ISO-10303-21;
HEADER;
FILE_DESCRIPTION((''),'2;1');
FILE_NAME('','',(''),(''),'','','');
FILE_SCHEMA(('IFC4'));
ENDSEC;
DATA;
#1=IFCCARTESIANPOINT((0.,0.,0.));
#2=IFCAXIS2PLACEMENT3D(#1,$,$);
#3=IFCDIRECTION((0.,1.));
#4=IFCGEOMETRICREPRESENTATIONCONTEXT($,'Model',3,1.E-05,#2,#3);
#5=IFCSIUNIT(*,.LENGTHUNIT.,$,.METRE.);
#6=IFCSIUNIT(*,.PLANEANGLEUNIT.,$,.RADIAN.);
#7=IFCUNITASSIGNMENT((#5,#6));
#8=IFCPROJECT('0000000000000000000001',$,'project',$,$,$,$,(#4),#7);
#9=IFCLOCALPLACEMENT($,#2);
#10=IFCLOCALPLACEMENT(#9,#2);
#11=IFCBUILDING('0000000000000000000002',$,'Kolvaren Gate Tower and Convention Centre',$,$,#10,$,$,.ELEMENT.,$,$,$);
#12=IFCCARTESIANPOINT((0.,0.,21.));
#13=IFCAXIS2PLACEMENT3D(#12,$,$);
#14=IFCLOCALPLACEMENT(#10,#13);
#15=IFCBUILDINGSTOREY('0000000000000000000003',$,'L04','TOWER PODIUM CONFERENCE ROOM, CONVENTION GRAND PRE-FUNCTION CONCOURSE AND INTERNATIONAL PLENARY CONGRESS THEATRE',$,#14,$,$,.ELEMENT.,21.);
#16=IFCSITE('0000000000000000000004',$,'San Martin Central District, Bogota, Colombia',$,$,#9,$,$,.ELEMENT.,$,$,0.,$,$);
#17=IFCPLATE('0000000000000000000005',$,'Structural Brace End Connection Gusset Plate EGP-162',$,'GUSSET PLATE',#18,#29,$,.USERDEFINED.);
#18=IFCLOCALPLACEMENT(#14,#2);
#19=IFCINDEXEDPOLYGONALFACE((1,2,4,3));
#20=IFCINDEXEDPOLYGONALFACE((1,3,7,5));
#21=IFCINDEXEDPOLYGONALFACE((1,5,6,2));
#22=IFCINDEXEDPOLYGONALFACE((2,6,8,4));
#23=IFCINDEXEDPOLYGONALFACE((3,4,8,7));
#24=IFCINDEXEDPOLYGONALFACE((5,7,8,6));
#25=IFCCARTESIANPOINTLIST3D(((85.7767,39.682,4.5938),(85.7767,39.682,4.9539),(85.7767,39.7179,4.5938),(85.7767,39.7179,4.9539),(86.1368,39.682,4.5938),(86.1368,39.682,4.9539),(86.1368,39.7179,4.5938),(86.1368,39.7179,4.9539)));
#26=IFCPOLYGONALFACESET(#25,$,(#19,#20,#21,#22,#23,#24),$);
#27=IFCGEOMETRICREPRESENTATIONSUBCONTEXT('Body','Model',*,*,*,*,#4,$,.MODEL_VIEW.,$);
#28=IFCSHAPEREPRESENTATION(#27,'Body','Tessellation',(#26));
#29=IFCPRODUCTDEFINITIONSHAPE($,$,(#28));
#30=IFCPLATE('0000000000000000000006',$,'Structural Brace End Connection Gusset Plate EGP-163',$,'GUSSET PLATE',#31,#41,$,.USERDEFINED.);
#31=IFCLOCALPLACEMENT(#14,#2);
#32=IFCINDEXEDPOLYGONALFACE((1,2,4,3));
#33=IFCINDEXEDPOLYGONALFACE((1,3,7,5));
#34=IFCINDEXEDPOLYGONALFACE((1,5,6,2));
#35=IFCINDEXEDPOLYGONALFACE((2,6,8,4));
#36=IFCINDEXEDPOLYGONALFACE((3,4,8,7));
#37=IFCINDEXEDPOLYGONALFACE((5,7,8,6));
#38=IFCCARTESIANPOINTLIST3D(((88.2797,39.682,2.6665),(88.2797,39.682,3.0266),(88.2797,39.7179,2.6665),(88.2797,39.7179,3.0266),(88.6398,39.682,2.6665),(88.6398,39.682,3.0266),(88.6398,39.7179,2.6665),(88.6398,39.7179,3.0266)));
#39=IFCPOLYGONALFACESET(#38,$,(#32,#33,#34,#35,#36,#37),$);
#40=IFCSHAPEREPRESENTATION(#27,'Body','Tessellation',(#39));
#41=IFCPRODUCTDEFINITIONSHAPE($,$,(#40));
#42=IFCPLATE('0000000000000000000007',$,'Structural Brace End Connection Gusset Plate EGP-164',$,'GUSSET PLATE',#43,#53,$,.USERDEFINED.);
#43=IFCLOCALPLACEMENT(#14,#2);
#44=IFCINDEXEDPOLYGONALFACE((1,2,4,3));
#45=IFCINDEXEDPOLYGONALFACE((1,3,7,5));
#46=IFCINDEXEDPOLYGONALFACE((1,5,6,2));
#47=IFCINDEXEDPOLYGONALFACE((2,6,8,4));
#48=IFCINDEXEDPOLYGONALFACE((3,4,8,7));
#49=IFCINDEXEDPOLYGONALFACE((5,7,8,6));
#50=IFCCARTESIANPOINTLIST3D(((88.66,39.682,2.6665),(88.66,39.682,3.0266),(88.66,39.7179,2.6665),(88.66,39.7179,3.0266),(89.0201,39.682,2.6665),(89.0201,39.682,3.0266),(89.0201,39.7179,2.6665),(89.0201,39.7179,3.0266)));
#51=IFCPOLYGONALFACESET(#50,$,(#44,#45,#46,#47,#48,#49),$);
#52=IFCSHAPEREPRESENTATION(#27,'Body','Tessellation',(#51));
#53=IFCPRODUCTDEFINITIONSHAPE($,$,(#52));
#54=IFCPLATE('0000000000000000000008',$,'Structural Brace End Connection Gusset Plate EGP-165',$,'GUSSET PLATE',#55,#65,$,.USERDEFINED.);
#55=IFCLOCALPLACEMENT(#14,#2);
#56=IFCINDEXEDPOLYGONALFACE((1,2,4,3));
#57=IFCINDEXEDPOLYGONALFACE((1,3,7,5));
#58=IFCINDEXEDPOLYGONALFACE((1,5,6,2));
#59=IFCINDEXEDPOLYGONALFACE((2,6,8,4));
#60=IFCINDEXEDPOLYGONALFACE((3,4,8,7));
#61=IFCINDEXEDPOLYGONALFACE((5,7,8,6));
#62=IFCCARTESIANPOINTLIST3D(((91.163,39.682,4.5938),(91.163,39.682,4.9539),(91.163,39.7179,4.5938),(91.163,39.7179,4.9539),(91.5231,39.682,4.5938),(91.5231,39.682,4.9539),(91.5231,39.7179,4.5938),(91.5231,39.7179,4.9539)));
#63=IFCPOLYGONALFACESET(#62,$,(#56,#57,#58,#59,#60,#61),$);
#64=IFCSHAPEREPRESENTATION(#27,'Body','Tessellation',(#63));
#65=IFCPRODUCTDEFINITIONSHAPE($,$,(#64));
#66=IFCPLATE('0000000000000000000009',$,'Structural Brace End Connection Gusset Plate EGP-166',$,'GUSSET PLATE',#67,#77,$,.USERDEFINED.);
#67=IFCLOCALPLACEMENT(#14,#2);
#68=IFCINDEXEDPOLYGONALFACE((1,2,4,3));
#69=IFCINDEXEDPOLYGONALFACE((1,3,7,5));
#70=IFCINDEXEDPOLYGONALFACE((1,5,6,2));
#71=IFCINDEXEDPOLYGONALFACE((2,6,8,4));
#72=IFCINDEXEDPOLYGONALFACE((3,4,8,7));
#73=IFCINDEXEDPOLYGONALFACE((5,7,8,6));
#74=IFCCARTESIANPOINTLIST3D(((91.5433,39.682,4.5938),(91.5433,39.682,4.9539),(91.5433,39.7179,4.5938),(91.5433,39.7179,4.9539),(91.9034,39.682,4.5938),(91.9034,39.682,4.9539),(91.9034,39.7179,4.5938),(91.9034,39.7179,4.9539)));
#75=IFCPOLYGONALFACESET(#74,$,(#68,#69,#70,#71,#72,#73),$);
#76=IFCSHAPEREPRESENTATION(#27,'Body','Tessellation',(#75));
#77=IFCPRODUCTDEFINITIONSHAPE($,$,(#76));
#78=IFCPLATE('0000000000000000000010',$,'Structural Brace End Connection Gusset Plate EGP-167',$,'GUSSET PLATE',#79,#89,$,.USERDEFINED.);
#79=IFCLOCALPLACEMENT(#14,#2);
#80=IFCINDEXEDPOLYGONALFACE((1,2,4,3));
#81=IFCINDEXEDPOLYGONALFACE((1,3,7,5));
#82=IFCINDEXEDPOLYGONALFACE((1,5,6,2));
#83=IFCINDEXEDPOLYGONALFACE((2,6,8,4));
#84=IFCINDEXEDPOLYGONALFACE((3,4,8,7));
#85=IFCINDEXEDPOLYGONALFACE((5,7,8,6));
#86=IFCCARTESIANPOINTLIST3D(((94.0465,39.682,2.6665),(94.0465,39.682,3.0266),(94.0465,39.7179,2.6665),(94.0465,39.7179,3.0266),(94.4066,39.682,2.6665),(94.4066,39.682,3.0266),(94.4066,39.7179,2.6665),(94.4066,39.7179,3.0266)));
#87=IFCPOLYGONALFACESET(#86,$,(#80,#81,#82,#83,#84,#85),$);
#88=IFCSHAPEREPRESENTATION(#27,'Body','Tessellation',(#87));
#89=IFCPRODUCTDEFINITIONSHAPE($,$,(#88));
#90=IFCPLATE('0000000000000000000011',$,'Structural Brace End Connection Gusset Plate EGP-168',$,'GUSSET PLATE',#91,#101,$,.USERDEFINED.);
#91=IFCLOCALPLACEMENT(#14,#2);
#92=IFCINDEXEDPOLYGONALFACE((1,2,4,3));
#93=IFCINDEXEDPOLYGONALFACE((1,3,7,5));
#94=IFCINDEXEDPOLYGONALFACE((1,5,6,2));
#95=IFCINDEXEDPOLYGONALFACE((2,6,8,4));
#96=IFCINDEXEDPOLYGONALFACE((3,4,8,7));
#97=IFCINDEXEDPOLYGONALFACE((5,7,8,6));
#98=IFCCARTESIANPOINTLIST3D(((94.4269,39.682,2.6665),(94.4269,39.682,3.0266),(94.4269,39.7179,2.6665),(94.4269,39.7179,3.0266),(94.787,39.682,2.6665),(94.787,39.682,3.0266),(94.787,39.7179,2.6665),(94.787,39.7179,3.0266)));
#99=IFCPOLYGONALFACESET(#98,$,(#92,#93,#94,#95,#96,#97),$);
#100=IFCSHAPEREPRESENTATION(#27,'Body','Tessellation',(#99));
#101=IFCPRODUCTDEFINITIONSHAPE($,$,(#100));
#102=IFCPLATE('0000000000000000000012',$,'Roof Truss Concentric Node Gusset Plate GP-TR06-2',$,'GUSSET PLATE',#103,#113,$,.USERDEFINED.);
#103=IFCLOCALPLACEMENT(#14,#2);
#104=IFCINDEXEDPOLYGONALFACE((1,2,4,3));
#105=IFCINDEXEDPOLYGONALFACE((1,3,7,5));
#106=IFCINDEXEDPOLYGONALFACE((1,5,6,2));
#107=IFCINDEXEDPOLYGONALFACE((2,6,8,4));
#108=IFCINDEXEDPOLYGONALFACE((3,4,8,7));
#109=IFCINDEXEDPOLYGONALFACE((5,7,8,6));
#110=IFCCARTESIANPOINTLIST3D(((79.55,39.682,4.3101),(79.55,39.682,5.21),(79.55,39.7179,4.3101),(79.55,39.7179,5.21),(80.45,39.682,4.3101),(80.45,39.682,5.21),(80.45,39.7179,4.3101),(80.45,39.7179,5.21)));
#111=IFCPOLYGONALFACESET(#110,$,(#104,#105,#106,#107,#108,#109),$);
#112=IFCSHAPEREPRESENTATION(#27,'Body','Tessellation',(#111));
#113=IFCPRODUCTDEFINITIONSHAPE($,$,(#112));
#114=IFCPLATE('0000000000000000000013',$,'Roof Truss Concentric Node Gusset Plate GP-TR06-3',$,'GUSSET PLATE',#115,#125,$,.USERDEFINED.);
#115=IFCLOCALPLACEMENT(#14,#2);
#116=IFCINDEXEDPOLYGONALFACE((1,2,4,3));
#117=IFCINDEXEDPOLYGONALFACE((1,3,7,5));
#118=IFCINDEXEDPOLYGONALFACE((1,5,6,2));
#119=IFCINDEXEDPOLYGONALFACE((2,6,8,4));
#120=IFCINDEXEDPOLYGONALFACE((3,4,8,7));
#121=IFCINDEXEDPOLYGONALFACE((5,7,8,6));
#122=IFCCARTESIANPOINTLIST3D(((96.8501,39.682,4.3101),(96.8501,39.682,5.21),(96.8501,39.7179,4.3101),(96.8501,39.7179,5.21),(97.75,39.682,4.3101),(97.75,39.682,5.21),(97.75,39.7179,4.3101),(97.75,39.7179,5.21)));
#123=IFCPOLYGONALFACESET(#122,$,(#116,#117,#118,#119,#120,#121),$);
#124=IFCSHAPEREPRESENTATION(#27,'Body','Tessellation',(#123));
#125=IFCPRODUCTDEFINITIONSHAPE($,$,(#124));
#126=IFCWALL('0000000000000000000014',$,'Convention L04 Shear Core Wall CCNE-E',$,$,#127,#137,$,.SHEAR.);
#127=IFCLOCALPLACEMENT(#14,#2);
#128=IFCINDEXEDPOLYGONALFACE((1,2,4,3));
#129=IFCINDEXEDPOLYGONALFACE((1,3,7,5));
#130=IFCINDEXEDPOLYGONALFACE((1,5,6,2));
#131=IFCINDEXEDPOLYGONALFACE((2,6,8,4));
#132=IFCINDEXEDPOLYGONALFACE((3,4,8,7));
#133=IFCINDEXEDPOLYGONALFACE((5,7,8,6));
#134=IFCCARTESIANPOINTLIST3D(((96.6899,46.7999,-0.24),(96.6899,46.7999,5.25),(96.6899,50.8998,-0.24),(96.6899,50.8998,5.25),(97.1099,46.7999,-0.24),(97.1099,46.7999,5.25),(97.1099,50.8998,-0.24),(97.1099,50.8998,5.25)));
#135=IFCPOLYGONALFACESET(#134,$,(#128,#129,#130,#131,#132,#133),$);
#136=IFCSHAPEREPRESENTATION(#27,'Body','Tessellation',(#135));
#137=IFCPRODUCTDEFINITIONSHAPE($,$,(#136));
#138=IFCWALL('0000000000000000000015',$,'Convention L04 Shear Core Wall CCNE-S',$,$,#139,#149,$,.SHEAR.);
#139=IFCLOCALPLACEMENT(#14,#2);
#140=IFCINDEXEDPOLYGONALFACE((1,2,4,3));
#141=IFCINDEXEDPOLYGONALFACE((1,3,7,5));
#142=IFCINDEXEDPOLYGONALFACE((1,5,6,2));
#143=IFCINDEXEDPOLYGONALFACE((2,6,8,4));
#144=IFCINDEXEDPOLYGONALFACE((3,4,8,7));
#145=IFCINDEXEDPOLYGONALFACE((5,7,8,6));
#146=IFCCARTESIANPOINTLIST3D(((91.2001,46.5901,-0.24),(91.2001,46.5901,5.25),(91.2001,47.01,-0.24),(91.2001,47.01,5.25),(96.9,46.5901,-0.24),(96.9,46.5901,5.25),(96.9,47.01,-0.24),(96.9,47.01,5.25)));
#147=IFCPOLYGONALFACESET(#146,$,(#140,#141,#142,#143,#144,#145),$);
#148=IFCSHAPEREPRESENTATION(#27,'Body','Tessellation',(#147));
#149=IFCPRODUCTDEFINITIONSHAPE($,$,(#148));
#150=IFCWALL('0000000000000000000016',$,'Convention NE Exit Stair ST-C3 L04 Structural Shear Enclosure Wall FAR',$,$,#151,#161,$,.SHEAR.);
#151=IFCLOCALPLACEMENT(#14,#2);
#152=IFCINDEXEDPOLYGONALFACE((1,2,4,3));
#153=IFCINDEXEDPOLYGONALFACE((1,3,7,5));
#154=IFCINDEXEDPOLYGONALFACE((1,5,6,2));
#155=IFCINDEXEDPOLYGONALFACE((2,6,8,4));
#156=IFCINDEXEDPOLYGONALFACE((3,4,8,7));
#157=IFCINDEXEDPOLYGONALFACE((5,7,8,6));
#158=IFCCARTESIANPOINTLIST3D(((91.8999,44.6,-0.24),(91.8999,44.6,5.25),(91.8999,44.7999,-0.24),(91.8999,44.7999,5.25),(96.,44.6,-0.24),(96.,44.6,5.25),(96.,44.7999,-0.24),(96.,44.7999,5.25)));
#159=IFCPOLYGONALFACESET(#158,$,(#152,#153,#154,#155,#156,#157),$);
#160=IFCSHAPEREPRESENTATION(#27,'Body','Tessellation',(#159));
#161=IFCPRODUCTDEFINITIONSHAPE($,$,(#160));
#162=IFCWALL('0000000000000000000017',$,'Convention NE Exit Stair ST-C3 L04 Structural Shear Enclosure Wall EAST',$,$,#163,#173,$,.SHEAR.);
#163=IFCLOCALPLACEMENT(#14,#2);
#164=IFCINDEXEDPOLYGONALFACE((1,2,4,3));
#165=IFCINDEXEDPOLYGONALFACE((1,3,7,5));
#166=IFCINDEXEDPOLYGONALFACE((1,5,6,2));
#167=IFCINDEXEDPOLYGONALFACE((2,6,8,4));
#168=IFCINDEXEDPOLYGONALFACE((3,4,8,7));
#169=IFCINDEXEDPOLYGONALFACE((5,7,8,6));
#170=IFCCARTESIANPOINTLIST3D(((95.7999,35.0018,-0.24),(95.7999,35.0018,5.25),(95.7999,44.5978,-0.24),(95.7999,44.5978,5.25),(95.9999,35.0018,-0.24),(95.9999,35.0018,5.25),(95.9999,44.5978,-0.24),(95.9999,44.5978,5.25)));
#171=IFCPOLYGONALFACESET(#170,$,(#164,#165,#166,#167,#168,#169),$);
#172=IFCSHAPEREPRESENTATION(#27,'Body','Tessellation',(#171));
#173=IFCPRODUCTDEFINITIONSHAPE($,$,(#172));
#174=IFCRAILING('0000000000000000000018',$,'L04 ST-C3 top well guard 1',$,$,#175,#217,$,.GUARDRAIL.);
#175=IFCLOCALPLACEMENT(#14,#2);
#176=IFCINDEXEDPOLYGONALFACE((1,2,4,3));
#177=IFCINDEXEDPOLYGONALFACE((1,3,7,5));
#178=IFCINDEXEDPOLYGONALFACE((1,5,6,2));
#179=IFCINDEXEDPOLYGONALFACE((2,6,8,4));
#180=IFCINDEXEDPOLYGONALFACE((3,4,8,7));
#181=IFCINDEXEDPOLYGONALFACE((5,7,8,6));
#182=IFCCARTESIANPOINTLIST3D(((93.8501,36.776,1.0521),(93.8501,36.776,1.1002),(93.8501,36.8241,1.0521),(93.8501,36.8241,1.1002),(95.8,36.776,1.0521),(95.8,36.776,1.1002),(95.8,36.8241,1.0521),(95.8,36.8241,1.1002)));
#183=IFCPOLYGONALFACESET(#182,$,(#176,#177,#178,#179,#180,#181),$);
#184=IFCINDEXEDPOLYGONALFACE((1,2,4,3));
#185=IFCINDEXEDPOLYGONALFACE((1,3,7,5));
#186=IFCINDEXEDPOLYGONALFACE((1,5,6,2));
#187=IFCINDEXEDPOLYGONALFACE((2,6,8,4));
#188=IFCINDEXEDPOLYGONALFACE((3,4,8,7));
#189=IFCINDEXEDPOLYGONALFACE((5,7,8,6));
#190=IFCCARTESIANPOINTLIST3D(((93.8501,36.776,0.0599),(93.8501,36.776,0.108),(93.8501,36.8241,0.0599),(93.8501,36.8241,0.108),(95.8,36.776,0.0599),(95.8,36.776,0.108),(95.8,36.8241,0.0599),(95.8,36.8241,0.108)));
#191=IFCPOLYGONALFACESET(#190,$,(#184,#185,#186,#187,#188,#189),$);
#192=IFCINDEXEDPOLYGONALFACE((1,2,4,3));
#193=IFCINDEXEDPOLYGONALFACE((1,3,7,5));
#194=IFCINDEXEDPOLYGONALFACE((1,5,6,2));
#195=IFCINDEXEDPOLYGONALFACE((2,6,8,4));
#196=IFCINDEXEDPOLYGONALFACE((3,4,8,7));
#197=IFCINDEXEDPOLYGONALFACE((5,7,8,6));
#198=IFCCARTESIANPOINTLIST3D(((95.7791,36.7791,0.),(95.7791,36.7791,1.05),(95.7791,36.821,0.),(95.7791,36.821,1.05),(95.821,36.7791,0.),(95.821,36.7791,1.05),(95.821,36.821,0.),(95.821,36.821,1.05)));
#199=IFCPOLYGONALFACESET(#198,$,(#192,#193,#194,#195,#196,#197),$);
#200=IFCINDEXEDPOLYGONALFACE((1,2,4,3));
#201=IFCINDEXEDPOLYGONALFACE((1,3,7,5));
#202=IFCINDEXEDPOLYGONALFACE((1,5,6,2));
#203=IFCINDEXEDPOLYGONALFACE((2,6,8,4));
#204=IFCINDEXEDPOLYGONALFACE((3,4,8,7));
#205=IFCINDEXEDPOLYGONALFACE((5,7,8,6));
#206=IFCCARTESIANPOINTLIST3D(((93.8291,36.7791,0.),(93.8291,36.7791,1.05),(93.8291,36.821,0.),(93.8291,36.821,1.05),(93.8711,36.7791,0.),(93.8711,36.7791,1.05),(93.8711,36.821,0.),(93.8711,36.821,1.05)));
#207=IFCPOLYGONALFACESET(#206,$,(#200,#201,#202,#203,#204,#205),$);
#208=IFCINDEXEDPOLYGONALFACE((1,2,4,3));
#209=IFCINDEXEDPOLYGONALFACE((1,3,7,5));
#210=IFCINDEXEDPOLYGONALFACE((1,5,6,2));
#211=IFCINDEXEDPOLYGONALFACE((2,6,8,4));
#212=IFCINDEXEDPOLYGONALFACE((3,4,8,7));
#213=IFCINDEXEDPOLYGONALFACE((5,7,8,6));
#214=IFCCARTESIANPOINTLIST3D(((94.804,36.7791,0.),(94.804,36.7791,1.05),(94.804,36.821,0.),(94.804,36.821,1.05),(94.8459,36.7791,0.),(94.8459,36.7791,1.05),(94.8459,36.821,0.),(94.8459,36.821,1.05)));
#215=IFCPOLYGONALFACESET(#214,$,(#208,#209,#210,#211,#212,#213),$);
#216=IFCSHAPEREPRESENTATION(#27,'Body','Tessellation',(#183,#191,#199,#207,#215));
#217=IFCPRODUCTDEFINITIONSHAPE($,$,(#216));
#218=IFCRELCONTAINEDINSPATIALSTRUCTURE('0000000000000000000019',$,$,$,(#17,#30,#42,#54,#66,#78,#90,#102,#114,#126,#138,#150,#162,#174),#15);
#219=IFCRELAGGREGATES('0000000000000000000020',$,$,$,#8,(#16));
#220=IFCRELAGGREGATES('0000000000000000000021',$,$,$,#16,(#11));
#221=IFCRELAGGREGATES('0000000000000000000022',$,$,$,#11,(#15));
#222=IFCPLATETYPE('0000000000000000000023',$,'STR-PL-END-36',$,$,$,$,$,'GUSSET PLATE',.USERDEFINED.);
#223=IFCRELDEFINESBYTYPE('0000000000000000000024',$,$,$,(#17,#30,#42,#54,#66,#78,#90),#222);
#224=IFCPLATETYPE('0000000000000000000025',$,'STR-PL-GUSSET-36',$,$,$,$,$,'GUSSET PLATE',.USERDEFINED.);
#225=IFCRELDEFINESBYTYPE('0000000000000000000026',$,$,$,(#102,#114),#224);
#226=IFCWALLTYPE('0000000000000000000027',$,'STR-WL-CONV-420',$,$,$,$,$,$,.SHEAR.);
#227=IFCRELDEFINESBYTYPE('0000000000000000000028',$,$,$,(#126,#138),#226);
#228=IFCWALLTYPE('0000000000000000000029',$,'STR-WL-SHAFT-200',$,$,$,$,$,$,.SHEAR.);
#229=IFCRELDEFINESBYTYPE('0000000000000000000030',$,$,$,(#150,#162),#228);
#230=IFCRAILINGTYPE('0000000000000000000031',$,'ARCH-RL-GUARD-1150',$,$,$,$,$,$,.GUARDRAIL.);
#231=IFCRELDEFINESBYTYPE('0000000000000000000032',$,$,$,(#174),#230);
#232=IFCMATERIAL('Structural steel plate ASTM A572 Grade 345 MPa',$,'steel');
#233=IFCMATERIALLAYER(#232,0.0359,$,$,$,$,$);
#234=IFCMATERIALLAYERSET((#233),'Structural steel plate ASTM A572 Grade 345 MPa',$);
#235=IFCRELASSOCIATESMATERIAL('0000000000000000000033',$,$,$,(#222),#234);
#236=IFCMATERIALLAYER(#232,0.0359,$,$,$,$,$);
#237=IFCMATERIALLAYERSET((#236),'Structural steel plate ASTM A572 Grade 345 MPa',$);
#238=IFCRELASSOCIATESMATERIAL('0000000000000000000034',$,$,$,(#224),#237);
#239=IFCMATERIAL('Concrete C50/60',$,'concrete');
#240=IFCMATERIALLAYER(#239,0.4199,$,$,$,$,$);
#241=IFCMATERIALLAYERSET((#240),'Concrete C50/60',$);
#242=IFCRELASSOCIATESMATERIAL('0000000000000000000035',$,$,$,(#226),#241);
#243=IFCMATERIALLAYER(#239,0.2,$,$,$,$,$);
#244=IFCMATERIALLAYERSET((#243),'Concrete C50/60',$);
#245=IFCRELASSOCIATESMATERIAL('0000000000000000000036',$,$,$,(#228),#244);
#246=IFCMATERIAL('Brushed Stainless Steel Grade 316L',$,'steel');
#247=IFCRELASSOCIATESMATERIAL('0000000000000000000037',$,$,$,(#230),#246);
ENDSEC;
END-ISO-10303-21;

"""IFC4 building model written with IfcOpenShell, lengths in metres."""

from ifc_helpers import new_model, si_unit, direction, frame, frame_2d, origin, origin_2d, place, context, subcontext, project, spatial, rectangle, extrude, material, layer, layer_set, type_object, element, save


model = new_model("IFC4")

# Units and contexts
model_context = context("Model", 3, precision=1e-05, world=origin(), true_north=direction((0.0, 1.0)))
body_context = subcontext(model_context, "Body", "Model", "MODEL_VIEW")
ifc_project = project(units=[si_unit("LENGTHUNIT", "METRE"), si_unit("PLANEANGLEUNIT", "RADIAN")], contexts=[model_context])

# Site, building, storey
site_placement = place(None, origin())
site = spatial("IfcSite", under=ifc_project, at=site_placement, Name="San Martin Central District, Bogota, Colombia", CompositionType="ELEMENT", RefElevation=0.0)
building_placement = place(site_placement, origin())
building = spatial("IfcBuilding", under=site, at=building_placement, Name="Kolvaren Gate Tower and Convention Centre", CompositionType="ELEMENT")
storey_placement = place(building_placement, frame((0.0, 0.0, 21.0)))
storey = spatial("IfcBuildingStorey", under=building, at=storey_placement, Name="L04", Description="TOWER PODIUM CONFERENCE ROOM, CONVENTION GRAND PRE-FUNCTION CONCOURSE AND INTERNATIONAL PLENARY CONGRESS THEATRE", CompositionType="ELEMENT", Elevation=21.0)

# Plates
ifc_material_1 = material(Name="Structural steel plate ASTM A572 Grade 345 MPa", Category="steel")
ifc_layer_1 = layer(ifc_material_1, 0.0359)
ifc_layer_set_1 = layer_set([ifc_layer_1], Name="Structural steel plate ASTM A572 Grade 345 MPa")
plate_type_1 = type_object("IfcPlateType", Name="STR-PL-END-36", ElementType="GUSSET PLATE", PredefinedType="USERDEFINED", material=ifc_layer_set_1)
for number, where, z_axis, x_axis, name in (
    (1, (85.9568, 39.7, 4.5938), (0.0, 0.0, 1.0), (1.0, 0.0, 0.0), "Structural Brace End Connection Gusset Plate EGP-162"),
    (2, (88.4597, 39.7, 2.6665), (0.0, 0.0, 1.0), (1.0, 0.0, 0.0), "Structural Brace End Connection Gusset Plate EGP-163"),
    (3, (88.8401, 39.7, 2.6665), (0.0, 0.0, 1.0), (1.0, 0.0, 0.0), "Structural Brace End Connection Gusset Plate EGP-164"),
    (4, (91.343, 39.7, 4.5938), (0.0, 0.0, 1.0), (1.0, 0.0, 0.0), "Structural Brace End Connection Gusset Plate EGP-165"),
    (5, (91.7234, 39.7, 4.5938), (0.0, 0.0, 1.0), (1.0, 0.0, 0.0), "Structural Brace End Connection Gusset Plate EGP-166"),
    (6, (94.2266, 39.7, 2.6665), (0.0, 0.0, 1.0), (1.0, 0.0, 0.0), "Structural Brace End Connection Gusset Plate EGP-167"),
    (7, (94.6069, 39.7, 2.6665), (0.0, 0.0, 1.0), (1.0, 0.0, 0.0), "Structural Brace End Connection Gusset Plate EGP-168"),
):
    element("IfcPlate", number, at=place(storey_placement, frame(where, z_axis=z_axis, x_axis=x_axis)), inside=storey, type_object=plate_type_1, Name=name, ObjectType="GUSSET PLATE", PredefinedType="USERDEFINED", context=body_context, shape_type="SweptSolid", body=[
        extrude(rectangle(XDim=0.3601, YDim=0.0359, at=origin_2d()), origin(), (0.0, 0.0, 1.0), 0.3601),
    ])
ifc_layer_2 = layer(ifc_material_1, 0.0359)
ifc_layer_set_2 = layer_set([ifc_layer_2], Name="Structural steel plate ASTM A572 Grade 345 MPa")
plate_type_2 = type_object("IfcPlateType", Name="STR-PL-GUSSET-36", ElementType="GUSSET PLATE", PredefinedType="USERDEFINED", material=ifc_layer_set_2)
for number, where, z_axis, x_axis, name in (
    (8, (80.0, 39.7, 4.3101), (0.0, 0.0, 1.0), (1.0, 0.0, 0.0), "Roof Truss Concentric Node Gusset Plate GP-TR06-2"),
    (9, (97.3, 39.7, 4.3101), (0.0, 0.0, 1.0), (1.0, 0.0, 0.0), "Roof Truss Concentric Node Gusset Plate GP-TR06-3"),
):
    element("IfcPlate", number, at=place(storey_placement, frame(where, z_axis=z_axis, x_axis=x_axis)), inside=storey, type_object=plate_type_2, Name=name, ObjectType="GUSSET PLATE", PredefinedType="USERDEFINED", context=body_context, shape_type="SweptSolid", body=[
        extrude(rectangle(XDim=0.8999, YDim=0.0359, at=origin_2d()), origin(), (0.0, 0.0, 1.0), 0.8999),
    ])

# Walls
ifc_material_2 = material(Name="Concrete C50/60", Category="concrete")
ifc_layer_3 = layer(ifc_material_2, 0.4199)
ifc_layer_set_3 = layer_set([ifc_layer_3], Name="Concrete C50/60")
wall_type_1 = type_object("IfcWallType", Name="STR-WL-CONV-420", PredefinedType="SHEAR", material=ifc_layer_set_3)
wall_1_placement = place(storey_placement, frame((96.8999, 46.8, -0.24), z_axis=(0.0, 0.0, 1.0), x_axis=(0.0, 1.0, 0.0)))
element("IfcWall", 10, at=wall_1_placement, inside=storey, type_object=wall_type_1, Name="Convention L04 Shear Core Wall CCNE-E", PredefinedType="SHEAR", context=body_context, shape_type="SweptSolid", body=[
    extrude(rectangle(XDim=4.0999, YDim=0.4199, at=frame_2d((2.0498, 0.0))), origin(), (0.0, 0.0, 1.0), 5.49),
])
wall_2_placement = place(storey_placement, frame((91.2, 46.8, -0.24), z_axis=(0.0, 0.0, 1.0), x_axis=(1.0, 0.0, 0.0)))
element("IfcWall", 11, at=wall_2_placement, inside=storey, type_object=wall_type_1, Name="Convention L04 Shear Core Wall CCNE-S", PredefinedType="SHEAR", context=body_context, shape_type="SweptSolid", body=[
    extrude(rectangle(XDim=5.7, YDim=0.4199, at=frame_2d((2.8501, 0.0))), origin(), (0.0, 0.0, 1.0), 5.49),
])
ifc_layer_4 = layer(ifc_material_2, 0.2)
ifc_layer_set_4 = layer_set([ifc_layer_4], Name="Concrete C50/60")
wall_type_2 = type_object("IfcWallType", Name="STR-WL-SHAFT-200", PredefinedType="SHEAR", material=ifc_layer_set_4)
wall_3_placement = place(storey_placement, frame((91.8999, 44.7, -0.24), z_axis=(0.0, 0.0, 1.0), x_axis=(1.0, 0.0, 0.0)))
element("IfcWall", 12, at=wall_3_placement, inside=storey, type_object=wall_type_2, Name="Convention NE Exit Stair ST-C3 L04 Structural Shear Enclosure Wall FAR", PredefinedType="SHEAR", context=body_context, shape_type="SweptSolid", body=[
    extrude(rectangle(XDim=4.1001, YDim=0.2, at=frame_2d((2.05, 0.0))), origin(), (0.0, 0.0, 1.0), 5.49),
])
wall_4_placement = place(storey_placement, frame((95.8999, 35.002, -0.24), z_axis=(0.0, 0.0, 1.0), x_axis=(0.0, 1.0, 0.0)))
element("IfcWall", 13, at=wall_4_placement, inside=storey, type_object=wall_type_2, Name="Convention NE Exit Stair ST-C3 L04 Structural Shear Enclosure Wall EAST", PredefinedType="SHEAR", context=body_context, shape_type="SweptSolid", body=[
    extrude(rectangle(XDim=9.5959, YDim=0.2, at=frame_2d((4.7979, 0.0))), origin(), (0.0, 0.0, 1.0), 5.49),
])

# Railing
ifc_material_3 = material(Name="Brushed Stainless Steel Grade 316L", Category="steel")
railing_type = type_object("IfcRailingType", Name="ARCH-RL-GUARD-1150", PredefinedType="GUARDRAIL", material=ifc_material_3)
railing_placement = place(storey_placement, frame((95.8, 36.8, 0.0)))
element("IfcRailing", 14, at=railing_placement, inside=storey, type_object=railing_type, Name="L04 ST-C3 top well guard 1", PredefinedType="GUARDRAIL", context=body_context, shape_type="SweptSolid", body=[
    extrude(rectangle(XDim=0.0481, YDim=0.0481, at=origin_2d()), frame((0.0, 0.0, 1.0762), z_axis=(-1.0, 0.0, 0.0), x_axis=(0.0, -1.0, 0.0)), (0.0, 0.0, 1.0), 1.95),
    extrude(rectangle(XDim=0.0481, YDim=0.0481, at=origin_2d()), frame((0.0, 0.0, 0.084), z_axis=(-1.0, 0.0, 0.0), x_axis=(0.0, -1.0, 0.0)), (0.0, 0.0, 1.0), 1.95),
    extrude(rectangle(XDim=0.042, YDim=0.042, at=origin_2d()), origin(), (0.0, 0.0, 1.0), 1.05),
    extrude(rectangle(XDim=0.042, YDim=0.042, at=origin_2d()), frame((-1.95, 0.0, 0.0)), (0.0, 0.0, 1.0), 1.05),
    extrude(rectangle(XDim=0.042, YDim=0.042, at=origin_2d()), frame((-0.9751, 0.0, 0.0)), (0.0, 0.0, 1.0), 1.05),
])

save(model, "model.ifc")
